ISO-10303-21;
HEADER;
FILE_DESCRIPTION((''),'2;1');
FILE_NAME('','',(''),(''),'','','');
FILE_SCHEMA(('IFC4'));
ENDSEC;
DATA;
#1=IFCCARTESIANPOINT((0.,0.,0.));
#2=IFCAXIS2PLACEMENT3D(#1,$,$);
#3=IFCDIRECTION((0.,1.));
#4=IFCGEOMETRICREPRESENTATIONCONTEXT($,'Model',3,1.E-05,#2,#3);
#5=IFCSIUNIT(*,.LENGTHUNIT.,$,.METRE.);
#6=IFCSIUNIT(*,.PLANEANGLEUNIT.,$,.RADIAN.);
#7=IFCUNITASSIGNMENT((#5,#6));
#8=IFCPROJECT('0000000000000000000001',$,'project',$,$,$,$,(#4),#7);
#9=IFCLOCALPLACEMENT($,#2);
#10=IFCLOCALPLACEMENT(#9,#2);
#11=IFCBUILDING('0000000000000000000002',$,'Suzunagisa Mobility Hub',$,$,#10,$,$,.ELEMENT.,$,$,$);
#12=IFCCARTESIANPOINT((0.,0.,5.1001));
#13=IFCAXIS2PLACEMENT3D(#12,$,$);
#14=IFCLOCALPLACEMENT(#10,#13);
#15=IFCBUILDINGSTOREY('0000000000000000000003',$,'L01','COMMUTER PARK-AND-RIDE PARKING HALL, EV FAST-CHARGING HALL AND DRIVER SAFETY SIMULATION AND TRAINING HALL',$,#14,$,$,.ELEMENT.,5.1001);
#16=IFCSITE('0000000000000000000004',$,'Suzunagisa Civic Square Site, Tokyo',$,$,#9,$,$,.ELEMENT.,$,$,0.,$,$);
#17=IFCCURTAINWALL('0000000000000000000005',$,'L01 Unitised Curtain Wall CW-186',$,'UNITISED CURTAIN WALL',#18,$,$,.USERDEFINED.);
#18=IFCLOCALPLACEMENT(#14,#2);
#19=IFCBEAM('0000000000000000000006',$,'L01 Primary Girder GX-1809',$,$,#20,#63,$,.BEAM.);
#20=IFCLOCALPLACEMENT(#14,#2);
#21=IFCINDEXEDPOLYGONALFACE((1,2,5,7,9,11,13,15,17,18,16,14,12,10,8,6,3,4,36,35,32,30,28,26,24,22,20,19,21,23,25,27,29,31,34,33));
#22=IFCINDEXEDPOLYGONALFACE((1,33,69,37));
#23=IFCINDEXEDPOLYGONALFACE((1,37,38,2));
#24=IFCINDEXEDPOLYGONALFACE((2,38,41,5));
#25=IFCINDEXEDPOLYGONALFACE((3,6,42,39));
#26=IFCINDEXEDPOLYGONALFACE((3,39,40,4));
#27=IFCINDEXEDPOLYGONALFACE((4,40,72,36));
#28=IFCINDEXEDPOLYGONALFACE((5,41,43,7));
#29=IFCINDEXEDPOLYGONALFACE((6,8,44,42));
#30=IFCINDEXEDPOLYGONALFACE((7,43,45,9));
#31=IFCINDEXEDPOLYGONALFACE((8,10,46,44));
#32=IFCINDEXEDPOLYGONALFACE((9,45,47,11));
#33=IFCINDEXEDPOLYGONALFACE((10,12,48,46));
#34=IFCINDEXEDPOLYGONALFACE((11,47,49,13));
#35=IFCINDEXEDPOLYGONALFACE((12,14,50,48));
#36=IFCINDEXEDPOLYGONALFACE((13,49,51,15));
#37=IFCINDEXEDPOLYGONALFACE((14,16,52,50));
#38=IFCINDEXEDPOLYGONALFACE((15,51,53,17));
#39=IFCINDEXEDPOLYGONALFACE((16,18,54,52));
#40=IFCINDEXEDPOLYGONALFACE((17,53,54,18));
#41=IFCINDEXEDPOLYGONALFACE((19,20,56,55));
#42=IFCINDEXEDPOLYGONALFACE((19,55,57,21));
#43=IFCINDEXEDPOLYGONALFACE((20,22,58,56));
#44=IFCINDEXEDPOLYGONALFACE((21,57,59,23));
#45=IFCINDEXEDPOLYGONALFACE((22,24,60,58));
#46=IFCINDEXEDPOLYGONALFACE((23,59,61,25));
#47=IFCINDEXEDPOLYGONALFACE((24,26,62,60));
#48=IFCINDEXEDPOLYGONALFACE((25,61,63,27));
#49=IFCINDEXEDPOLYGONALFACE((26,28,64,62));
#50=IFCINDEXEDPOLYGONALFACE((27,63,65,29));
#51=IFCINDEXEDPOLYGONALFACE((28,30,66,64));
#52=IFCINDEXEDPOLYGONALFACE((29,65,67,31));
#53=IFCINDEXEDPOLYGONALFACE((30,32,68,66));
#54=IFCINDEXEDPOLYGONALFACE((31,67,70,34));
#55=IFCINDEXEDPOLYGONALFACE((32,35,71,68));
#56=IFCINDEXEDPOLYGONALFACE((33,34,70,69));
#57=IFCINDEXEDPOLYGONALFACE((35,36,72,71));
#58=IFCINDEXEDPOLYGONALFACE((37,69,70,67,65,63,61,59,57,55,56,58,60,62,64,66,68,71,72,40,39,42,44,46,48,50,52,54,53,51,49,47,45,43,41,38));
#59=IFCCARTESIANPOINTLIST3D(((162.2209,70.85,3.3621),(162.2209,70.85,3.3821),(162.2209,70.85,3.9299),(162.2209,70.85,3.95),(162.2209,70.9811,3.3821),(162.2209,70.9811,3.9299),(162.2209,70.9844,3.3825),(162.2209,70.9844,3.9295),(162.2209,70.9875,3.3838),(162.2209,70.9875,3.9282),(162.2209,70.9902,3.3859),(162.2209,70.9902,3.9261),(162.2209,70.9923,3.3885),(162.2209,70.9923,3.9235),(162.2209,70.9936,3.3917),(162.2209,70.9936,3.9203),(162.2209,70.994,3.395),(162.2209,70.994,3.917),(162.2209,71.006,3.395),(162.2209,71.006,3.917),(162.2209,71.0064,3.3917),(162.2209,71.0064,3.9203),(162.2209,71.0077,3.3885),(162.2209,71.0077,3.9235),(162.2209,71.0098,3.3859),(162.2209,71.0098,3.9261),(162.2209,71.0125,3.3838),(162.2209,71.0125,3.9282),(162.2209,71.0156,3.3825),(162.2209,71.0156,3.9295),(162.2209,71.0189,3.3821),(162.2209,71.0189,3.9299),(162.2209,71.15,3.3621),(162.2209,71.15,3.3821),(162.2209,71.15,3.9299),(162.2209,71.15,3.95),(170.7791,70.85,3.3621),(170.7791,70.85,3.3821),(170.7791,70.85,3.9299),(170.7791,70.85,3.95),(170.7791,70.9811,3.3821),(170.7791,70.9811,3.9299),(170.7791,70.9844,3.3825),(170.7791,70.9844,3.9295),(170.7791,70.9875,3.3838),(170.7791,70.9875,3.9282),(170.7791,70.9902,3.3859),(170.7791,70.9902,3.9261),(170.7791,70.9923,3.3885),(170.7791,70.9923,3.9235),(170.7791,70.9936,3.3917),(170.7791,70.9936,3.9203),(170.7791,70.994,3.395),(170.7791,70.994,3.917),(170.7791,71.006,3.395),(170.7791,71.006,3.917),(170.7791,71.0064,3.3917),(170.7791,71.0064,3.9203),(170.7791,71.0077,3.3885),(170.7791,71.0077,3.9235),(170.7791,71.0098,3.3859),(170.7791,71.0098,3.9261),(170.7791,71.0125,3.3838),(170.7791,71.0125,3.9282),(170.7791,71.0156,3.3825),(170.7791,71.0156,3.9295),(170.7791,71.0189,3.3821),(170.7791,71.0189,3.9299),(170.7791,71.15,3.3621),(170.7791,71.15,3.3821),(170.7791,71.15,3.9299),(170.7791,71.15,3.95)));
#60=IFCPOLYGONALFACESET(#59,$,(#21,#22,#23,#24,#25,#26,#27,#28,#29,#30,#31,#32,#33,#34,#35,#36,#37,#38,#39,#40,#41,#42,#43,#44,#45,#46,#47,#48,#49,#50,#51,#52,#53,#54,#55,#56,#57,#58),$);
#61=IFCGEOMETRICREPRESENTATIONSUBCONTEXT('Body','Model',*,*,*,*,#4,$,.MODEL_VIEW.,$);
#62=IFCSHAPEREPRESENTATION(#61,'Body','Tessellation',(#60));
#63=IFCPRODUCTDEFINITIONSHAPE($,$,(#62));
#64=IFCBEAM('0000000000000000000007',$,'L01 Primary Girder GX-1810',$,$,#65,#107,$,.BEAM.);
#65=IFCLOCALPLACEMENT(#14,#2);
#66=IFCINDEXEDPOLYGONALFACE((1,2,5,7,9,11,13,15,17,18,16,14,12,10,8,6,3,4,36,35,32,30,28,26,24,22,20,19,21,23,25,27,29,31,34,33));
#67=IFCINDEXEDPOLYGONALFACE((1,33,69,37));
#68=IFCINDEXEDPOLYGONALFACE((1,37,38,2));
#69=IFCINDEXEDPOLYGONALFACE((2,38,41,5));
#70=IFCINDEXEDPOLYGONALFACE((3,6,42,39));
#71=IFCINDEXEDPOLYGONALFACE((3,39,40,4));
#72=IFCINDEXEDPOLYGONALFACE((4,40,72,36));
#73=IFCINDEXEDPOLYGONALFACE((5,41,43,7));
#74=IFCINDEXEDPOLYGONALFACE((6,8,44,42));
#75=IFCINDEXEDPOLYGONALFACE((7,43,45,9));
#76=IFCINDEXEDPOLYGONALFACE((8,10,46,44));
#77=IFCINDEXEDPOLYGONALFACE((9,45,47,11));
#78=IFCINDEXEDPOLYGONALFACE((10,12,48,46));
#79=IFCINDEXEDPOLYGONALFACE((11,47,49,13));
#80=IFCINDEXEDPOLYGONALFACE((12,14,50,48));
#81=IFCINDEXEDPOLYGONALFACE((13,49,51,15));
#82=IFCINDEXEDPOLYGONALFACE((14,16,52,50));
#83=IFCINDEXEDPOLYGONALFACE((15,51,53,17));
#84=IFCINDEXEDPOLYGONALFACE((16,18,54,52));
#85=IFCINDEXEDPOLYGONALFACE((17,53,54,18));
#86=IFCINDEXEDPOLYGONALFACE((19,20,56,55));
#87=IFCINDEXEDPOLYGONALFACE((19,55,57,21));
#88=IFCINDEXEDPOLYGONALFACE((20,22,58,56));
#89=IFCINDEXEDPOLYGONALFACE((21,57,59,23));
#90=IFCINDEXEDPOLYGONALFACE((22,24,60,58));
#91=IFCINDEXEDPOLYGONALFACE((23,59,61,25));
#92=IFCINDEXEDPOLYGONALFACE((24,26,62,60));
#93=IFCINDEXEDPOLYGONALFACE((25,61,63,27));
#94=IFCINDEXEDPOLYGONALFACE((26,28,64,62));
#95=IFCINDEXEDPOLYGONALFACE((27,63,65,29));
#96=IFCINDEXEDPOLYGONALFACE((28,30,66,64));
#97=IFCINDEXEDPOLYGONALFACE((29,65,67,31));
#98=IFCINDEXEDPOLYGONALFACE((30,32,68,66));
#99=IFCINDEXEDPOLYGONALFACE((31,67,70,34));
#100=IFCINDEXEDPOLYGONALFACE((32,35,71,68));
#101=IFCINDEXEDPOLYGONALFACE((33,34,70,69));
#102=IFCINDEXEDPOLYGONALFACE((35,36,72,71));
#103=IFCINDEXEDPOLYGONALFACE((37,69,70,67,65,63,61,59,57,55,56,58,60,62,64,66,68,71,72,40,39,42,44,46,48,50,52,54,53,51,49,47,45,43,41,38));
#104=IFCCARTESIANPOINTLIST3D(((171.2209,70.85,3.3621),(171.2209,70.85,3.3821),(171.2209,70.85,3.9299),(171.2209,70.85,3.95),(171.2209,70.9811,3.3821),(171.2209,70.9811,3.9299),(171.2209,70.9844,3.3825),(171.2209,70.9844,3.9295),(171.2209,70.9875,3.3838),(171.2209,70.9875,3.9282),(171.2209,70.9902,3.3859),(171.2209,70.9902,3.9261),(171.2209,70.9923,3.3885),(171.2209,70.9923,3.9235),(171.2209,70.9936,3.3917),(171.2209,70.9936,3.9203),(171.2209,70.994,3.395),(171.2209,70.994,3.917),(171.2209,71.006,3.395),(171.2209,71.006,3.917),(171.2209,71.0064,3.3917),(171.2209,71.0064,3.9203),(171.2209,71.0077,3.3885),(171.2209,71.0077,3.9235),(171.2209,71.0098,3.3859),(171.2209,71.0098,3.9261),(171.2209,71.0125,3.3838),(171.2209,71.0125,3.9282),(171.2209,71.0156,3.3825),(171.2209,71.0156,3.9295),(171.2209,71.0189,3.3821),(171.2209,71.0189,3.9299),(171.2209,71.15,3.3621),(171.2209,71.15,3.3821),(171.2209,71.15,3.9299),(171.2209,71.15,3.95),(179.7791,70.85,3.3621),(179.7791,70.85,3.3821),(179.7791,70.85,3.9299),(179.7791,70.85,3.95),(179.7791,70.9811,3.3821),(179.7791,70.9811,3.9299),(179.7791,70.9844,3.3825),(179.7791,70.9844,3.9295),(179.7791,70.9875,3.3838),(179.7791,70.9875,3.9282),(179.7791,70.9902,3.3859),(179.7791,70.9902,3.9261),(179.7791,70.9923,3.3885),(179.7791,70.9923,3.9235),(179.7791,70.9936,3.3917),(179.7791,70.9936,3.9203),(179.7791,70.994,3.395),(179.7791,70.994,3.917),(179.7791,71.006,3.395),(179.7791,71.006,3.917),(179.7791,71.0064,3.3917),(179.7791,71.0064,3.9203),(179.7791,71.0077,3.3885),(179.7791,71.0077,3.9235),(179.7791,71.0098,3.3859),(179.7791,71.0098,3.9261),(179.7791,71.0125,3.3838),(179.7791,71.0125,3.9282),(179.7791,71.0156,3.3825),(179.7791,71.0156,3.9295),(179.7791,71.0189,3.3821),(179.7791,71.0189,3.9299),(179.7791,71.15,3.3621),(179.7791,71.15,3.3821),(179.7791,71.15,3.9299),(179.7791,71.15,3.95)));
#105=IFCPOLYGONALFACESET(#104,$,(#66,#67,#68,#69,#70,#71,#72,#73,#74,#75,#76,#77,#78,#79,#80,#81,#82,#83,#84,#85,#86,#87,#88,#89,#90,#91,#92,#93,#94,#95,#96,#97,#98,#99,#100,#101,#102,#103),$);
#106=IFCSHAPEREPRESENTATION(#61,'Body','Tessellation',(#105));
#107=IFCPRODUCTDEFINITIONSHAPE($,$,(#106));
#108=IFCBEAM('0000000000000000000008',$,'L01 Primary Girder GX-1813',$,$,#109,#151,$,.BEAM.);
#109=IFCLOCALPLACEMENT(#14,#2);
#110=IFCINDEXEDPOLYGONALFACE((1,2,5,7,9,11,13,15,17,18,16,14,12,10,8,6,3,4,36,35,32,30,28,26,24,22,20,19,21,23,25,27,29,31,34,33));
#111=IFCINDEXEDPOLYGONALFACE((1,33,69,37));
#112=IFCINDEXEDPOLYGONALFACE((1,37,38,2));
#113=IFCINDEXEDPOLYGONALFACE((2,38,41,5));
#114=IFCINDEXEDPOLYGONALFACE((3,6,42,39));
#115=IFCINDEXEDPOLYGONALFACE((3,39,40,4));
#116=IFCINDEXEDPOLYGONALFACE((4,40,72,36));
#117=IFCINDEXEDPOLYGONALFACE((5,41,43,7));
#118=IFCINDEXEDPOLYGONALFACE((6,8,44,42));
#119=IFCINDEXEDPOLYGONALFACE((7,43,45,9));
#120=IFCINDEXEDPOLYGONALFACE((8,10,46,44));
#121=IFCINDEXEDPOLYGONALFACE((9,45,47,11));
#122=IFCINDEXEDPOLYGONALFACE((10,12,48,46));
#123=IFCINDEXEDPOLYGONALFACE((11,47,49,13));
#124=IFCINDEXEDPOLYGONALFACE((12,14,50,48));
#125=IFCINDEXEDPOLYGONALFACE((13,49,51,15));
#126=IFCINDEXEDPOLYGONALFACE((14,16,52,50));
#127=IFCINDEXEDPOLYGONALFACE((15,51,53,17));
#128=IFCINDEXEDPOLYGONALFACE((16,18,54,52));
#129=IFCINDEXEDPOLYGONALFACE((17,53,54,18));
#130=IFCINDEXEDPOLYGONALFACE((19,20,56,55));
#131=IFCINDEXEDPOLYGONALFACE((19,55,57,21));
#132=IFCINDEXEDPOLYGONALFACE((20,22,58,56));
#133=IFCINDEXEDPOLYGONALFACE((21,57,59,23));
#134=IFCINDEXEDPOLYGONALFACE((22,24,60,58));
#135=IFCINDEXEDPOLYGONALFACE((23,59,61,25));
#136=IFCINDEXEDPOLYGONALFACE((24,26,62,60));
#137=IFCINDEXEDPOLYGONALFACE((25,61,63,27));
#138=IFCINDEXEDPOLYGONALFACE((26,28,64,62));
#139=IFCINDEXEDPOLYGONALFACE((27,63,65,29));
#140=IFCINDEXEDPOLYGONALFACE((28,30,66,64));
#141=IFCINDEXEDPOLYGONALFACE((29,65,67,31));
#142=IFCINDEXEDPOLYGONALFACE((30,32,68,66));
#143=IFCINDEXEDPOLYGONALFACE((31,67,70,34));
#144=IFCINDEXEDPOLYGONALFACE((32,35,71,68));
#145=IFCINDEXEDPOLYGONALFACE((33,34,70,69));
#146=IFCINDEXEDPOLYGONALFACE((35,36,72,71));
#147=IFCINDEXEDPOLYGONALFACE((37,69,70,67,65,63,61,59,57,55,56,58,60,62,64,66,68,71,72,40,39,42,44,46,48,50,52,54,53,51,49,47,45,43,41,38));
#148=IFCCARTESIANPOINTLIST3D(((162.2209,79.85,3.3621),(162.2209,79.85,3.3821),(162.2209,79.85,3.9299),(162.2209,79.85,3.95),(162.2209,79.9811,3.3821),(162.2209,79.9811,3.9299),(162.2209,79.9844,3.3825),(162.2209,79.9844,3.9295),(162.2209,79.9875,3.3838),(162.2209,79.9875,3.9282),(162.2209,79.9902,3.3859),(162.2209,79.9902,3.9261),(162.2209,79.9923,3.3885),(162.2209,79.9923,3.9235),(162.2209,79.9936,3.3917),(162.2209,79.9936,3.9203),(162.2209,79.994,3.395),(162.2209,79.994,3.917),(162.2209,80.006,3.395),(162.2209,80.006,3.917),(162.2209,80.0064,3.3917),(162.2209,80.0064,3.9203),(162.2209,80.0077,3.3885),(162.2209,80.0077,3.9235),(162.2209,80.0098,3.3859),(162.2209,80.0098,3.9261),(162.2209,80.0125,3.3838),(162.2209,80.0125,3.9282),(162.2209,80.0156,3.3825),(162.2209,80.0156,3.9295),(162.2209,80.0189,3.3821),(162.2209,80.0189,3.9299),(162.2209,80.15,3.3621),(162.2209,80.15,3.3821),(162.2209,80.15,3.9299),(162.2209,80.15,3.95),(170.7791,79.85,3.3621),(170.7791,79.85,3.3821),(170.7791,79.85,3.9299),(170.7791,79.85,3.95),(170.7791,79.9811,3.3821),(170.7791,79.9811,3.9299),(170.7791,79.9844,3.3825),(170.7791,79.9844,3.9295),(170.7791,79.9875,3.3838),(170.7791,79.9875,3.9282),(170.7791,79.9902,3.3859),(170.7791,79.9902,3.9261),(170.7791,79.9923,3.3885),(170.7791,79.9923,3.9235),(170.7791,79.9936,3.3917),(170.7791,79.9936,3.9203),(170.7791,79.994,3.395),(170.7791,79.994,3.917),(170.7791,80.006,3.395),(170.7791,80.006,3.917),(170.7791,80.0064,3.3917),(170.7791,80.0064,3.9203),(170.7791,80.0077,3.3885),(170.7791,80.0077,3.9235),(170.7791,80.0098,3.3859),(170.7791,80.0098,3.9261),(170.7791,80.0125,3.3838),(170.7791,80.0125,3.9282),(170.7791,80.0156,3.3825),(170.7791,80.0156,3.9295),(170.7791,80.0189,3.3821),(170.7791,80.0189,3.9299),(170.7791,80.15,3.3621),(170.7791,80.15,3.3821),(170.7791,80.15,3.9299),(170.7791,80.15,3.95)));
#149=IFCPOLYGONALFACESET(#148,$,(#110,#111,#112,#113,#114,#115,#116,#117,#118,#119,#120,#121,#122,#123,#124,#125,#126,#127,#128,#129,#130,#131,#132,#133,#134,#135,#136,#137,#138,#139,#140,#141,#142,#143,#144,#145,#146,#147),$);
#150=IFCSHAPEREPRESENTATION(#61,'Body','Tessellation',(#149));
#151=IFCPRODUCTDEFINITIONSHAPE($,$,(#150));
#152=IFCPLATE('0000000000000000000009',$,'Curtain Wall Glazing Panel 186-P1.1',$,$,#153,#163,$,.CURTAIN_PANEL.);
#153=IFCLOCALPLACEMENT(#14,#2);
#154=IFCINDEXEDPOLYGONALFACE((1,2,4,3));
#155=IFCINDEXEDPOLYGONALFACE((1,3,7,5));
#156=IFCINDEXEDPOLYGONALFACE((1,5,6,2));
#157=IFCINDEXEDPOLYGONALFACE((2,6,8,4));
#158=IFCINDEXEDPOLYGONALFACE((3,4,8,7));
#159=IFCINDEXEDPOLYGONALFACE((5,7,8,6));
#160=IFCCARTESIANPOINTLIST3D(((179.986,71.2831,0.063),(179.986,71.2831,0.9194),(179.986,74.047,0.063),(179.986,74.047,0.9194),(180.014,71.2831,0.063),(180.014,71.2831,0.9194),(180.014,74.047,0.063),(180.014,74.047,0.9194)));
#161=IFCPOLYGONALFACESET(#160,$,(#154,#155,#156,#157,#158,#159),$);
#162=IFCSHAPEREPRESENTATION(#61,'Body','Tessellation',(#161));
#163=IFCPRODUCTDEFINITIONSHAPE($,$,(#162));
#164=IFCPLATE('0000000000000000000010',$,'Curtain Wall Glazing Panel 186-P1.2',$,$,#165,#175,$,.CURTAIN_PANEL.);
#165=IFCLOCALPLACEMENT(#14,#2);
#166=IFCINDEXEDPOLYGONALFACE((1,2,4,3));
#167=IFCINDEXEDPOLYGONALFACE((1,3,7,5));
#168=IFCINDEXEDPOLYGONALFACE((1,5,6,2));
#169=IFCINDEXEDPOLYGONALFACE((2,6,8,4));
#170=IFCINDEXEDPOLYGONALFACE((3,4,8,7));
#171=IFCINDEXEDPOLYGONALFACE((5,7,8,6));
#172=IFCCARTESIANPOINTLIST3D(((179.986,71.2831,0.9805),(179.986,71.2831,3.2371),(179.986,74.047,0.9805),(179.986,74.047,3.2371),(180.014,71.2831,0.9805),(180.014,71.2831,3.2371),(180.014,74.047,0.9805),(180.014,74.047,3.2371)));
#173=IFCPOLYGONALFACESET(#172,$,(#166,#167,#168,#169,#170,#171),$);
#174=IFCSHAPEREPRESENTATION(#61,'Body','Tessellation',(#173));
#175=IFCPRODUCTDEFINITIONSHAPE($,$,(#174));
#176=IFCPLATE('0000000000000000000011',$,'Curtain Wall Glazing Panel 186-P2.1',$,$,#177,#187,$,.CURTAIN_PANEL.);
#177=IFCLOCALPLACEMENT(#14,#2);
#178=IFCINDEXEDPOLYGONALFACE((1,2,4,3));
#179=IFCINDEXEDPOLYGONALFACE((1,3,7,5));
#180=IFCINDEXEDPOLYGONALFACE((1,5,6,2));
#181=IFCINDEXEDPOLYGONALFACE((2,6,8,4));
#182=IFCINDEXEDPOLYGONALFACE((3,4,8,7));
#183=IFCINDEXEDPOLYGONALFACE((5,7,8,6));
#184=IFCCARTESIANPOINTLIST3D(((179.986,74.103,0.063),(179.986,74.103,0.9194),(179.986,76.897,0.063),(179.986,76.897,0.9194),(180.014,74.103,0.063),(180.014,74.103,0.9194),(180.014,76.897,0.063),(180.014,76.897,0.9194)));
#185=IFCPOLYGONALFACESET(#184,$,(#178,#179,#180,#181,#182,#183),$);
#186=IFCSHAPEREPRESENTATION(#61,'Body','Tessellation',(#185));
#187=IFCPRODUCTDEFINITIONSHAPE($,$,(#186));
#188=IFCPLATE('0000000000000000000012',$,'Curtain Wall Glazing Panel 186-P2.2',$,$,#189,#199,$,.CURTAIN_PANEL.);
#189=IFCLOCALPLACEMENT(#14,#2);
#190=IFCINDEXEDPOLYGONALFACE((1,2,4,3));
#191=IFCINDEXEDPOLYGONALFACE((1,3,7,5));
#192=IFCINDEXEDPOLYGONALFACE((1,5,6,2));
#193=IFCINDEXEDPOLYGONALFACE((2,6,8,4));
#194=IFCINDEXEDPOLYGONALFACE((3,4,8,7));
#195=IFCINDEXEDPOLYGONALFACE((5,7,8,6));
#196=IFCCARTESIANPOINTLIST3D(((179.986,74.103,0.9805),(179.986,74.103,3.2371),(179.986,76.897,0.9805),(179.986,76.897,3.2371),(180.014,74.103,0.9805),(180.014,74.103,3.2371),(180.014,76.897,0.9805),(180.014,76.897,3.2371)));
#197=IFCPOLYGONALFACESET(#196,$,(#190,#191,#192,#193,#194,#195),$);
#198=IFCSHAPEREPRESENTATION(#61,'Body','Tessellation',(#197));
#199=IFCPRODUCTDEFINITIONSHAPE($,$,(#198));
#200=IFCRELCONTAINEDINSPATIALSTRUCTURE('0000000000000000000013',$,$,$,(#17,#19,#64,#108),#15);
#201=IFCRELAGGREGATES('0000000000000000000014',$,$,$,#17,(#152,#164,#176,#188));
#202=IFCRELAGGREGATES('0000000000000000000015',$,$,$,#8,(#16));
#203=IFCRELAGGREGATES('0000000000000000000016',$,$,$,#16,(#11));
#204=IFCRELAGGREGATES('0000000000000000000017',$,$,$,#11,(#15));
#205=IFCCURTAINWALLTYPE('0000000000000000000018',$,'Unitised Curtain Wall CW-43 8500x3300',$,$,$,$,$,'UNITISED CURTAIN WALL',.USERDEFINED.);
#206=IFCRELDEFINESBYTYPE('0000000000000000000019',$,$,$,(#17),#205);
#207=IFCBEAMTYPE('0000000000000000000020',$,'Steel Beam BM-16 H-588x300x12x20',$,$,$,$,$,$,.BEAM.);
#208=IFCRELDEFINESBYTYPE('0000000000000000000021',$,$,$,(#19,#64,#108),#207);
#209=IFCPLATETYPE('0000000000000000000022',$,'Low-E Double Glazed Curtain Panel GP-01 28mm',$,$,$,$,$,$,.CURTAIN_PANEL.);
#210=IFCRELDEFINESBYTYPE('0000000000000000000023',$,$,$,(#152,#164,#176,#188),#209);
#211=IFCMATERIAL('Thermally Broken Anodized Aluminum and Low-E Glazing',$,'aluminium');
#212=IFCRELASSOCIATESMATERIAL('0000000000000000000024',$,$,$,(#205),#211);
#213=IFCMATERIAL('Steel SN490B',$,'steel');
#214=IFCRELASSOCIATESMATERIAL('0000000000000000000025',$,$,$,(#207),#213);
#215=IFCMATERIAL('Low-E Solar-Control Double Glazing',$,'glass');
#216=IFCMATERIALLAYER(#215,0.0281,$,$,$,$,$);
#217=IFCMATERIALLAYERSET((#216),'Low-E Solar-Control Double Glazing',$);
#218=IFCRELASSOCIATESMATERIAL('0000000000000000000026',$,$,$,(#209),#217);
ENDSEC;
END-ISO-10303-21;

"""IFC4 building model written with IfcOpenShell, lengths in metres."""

from ifc_helpers import new_model, si_unit, direction, frame, origin, origin_2d, place, context, subcontext, project, spatial, rectangle, i_section, extrude, material, layer, layer_set, material_profile, profile_set, type_object, element, aggregate, save


model = new_model("IFC4")

# Units and contexts
model_context = context("Model", 3, precision=1e-05, world=origin(), true_north=direction((0.0, 1.0)))
body_context = subcontext(model_context, "Body", "Model", "MODEL_VIEW")
ifc_project = project(units=[si_unit("LENGTHUNIT", "METRE"), si_unit("PLANEANGLEUNIT", "RADIAN")], contexts=[model_context])

# Site, building, storey
site_placement = place(None, origin())
site = spatial("IfcSite", under=ifc_project, at=site_placement, Name="Suzunagisa Civic Square Site, Tokyo", CompositionType="ELEMENT", RefElevation=0.0)
building_placement = place(site_placement, origin())
building = spatial("IfcBuilding", under=site, at=building_placement, Name="Suzunagisa Mobility Hub", CompositionType="ELEMENT")
storey_placement = place(building_placement, frame((0.0, 0.0, 5.1001)))
storey = spatial("IfcBuildingStorey", under=building, at=storey_placement, Name="L01", Description="COMMUTER PARK-AND-RIDE PARKING HALL, EV FAST-CHARGING HALL AND DRIVER SAFETY SIMULATION AND TRAINING HALL", CompositionType="ELEMENT", Elevation=5.1001)

# Shared definitions
ifc_material_1 = material(Name="Steel SN490B", Category="steel")

# Curtain wall
ifc_material_2 = material(Name="Thermally Broken Anodized Aluminum and Low-E Glazing", Category="aluminium")
curtain_wall_type = type_object("IfcCurtainWallType", Name="Unitised Curtain Wall CW-43 8500x3300", ElementType="UNITISED CURTAIN WALL", PredefinedType="USERDEFINED", material=ifc_material_2)
curtain_wall_placement = place(storey_placement, origin())
curtain_wall = element("IfcCurtainWall", 1, at=curtain_wall_placement, inside=storey, type_object=curtain_wall_type, Name="L01 Unitised Curtain Wall CW-186", ObjectType="UNITISED CURTAIN WALL", PredefinedType="USERDEFINED")

# Beams
ifc_material_profile_1 = material_profile(ifc_material_1, i_section(OverallWidth=0.3, OverallDepth=0.5879, WebThickness=0.012, FlangeThickness=0.02, FilletRadius=0.0129, at=origin_2d()), Name="H-588x300x12x20")
ifc_profile_set_1 = profile_set([ifc_material_profile_1], Name="Steel SN490B")
beam_type_1 = type_object("IfcBeamType", Name="Steel Beam BM-16 H-588x300x12x20", PredefinedType="BEAM", material=ifc_profile_set_1)
for number, where, z_axis, x_axis, name in (
    (2, (162.2209, 71.0, 3.656), (1.0, 0.0, 0.0), (0.0, 1.0, 0.0), "L01 Primary Girder GX-1809"),
    (3, (171.2209, 71.0, 3.656), (1.0, 0.0, 0.0), (0.0, 1.0, 0.0), "L01 Primary Girder GX-1810"),
    (4, (162.2209, 80.0, 3.656), (1.0, 0.0, 0.0), (0.0, 1.0, 0.0), "L01 Primary Girder GX-1813"),
):
    element("IfcBeam", number, at=place(storey_placement, frame(where, z_axis=z_axis, x_axis=x_axis)), inside=storey, type_object=beam_type_1, Name=name, PredefinedType="BEAM", context=body_context, shape_type="SweptSolid", body=[
        extrude(i_section(OverallWidth=0.3, OverallDepth=0.5879, WebThickness=0.012, FlangeThickness=0.02, FilletRadius=0.0129, at=origin_2d()), origin(), (0.0, 0.0, 1.0), 8.5581),
    ])

# Plates
ifc_material_3 = material(Name="Low-E Solar-Control Double Glazing", Category="glass")
ifc_layer = layer(ifc_material_3, 0.0281)
ifc_layer_set = layer_set([ifc_layer], Name="Low-E Solar-Control Double Glazing")
plate_type = type_object("IfcPlateType", Name="Low-E Double Glazed Curtain Panel GP-01 28mm", PredefinedType="CURTAIN_PANEL", material=ifc_layer_set)
plate_1_placement = place(storey_placement, frame((180.0, 72.665, 0.063), z_axis=(0.0, 0.0, 1.0), x_axis=(0.0, 1.0, 0.0)))
plate_1 = element("IfcPlate", 5, at=plate_1_placement, type_object=plate_type, Name="Curtain Wall Glazing Panel 186-P1.1", PredefinedType="CURTAIN_PANEL", context=body_context, shape_type="SweptSolid", body=[
    extrude(rectangle(XDim=2.7639, YDim=0.0281, at=origin_2d()), origin(), (0.0, 0.0, 1.0), 0.8564),
])
plate_2_placement = place(storey_placement, frame((180.0, 72.665, 0.9805), z_axis=(0.0, 0.0, 1.0), x_axis=(0.0, 1.0, 0.0)))
plate_2 = element("IfcPlate", 6, at=plate_2_placement, type_object=plate_type, Name="Curtain Wall Glazing Panel 186-P1.2", PredefinedType="CURTAIN_PANEL", context=body_context, shape_type="SweptSolid", body=[
    extrude(rectangle(XDim=2.7639, YDim=0.0281, at=origin_2d()), origin(), (0.0, 0.0, 1.0), 2.2566),
])
plate_3_placement = place(storey_placement, frame((180.0, 75.5, 0.063), z_axis=(0.0, 0.0, 1.0), x_axis=(0.0, 1.0, 0.0)))
plate_3 = element("IfcPlate", 7, at=plate_3_placement, type_object=plate_type, Name="Curtain Wall Glazing Panel 186-P2.1", PredefinedType="CURTAIN_PANEL", context=body_context, shape_type="SweptSolid", body=[
    extrude(rectangle(XDim=2.7939, YDim=0.0281, at=origin_2d()), origin(), (0.0, 0.0, 1.0), 0.8564),
])
plate_4_placement = place(storey_placement, frame((180.0, 75.5, 0.9805), z_axis=(0.0, 0.0, 1.0), x_axis=(0.0, 1.0, 0.0)))
plate_4 = element("IfcPlate", 8, at=plate_4_placement, type_object=plate_type, Name="Curtain Wall Glazing Panel 186-P2.2", PredefinedType="CURTAIN_PANEL", context=body_context, shape_type="SweptSolid", body=[
    extrude(rectangle(XDim=2.7939, YDim=0.0281, at=origin_2d()), origin(), (0.0, 0.0, 1.0), 2.2566),
])
aggregate(curtain_wall, [plate_1, plate_2, plate_3, plate_4])

save(model, "model.ifc")
